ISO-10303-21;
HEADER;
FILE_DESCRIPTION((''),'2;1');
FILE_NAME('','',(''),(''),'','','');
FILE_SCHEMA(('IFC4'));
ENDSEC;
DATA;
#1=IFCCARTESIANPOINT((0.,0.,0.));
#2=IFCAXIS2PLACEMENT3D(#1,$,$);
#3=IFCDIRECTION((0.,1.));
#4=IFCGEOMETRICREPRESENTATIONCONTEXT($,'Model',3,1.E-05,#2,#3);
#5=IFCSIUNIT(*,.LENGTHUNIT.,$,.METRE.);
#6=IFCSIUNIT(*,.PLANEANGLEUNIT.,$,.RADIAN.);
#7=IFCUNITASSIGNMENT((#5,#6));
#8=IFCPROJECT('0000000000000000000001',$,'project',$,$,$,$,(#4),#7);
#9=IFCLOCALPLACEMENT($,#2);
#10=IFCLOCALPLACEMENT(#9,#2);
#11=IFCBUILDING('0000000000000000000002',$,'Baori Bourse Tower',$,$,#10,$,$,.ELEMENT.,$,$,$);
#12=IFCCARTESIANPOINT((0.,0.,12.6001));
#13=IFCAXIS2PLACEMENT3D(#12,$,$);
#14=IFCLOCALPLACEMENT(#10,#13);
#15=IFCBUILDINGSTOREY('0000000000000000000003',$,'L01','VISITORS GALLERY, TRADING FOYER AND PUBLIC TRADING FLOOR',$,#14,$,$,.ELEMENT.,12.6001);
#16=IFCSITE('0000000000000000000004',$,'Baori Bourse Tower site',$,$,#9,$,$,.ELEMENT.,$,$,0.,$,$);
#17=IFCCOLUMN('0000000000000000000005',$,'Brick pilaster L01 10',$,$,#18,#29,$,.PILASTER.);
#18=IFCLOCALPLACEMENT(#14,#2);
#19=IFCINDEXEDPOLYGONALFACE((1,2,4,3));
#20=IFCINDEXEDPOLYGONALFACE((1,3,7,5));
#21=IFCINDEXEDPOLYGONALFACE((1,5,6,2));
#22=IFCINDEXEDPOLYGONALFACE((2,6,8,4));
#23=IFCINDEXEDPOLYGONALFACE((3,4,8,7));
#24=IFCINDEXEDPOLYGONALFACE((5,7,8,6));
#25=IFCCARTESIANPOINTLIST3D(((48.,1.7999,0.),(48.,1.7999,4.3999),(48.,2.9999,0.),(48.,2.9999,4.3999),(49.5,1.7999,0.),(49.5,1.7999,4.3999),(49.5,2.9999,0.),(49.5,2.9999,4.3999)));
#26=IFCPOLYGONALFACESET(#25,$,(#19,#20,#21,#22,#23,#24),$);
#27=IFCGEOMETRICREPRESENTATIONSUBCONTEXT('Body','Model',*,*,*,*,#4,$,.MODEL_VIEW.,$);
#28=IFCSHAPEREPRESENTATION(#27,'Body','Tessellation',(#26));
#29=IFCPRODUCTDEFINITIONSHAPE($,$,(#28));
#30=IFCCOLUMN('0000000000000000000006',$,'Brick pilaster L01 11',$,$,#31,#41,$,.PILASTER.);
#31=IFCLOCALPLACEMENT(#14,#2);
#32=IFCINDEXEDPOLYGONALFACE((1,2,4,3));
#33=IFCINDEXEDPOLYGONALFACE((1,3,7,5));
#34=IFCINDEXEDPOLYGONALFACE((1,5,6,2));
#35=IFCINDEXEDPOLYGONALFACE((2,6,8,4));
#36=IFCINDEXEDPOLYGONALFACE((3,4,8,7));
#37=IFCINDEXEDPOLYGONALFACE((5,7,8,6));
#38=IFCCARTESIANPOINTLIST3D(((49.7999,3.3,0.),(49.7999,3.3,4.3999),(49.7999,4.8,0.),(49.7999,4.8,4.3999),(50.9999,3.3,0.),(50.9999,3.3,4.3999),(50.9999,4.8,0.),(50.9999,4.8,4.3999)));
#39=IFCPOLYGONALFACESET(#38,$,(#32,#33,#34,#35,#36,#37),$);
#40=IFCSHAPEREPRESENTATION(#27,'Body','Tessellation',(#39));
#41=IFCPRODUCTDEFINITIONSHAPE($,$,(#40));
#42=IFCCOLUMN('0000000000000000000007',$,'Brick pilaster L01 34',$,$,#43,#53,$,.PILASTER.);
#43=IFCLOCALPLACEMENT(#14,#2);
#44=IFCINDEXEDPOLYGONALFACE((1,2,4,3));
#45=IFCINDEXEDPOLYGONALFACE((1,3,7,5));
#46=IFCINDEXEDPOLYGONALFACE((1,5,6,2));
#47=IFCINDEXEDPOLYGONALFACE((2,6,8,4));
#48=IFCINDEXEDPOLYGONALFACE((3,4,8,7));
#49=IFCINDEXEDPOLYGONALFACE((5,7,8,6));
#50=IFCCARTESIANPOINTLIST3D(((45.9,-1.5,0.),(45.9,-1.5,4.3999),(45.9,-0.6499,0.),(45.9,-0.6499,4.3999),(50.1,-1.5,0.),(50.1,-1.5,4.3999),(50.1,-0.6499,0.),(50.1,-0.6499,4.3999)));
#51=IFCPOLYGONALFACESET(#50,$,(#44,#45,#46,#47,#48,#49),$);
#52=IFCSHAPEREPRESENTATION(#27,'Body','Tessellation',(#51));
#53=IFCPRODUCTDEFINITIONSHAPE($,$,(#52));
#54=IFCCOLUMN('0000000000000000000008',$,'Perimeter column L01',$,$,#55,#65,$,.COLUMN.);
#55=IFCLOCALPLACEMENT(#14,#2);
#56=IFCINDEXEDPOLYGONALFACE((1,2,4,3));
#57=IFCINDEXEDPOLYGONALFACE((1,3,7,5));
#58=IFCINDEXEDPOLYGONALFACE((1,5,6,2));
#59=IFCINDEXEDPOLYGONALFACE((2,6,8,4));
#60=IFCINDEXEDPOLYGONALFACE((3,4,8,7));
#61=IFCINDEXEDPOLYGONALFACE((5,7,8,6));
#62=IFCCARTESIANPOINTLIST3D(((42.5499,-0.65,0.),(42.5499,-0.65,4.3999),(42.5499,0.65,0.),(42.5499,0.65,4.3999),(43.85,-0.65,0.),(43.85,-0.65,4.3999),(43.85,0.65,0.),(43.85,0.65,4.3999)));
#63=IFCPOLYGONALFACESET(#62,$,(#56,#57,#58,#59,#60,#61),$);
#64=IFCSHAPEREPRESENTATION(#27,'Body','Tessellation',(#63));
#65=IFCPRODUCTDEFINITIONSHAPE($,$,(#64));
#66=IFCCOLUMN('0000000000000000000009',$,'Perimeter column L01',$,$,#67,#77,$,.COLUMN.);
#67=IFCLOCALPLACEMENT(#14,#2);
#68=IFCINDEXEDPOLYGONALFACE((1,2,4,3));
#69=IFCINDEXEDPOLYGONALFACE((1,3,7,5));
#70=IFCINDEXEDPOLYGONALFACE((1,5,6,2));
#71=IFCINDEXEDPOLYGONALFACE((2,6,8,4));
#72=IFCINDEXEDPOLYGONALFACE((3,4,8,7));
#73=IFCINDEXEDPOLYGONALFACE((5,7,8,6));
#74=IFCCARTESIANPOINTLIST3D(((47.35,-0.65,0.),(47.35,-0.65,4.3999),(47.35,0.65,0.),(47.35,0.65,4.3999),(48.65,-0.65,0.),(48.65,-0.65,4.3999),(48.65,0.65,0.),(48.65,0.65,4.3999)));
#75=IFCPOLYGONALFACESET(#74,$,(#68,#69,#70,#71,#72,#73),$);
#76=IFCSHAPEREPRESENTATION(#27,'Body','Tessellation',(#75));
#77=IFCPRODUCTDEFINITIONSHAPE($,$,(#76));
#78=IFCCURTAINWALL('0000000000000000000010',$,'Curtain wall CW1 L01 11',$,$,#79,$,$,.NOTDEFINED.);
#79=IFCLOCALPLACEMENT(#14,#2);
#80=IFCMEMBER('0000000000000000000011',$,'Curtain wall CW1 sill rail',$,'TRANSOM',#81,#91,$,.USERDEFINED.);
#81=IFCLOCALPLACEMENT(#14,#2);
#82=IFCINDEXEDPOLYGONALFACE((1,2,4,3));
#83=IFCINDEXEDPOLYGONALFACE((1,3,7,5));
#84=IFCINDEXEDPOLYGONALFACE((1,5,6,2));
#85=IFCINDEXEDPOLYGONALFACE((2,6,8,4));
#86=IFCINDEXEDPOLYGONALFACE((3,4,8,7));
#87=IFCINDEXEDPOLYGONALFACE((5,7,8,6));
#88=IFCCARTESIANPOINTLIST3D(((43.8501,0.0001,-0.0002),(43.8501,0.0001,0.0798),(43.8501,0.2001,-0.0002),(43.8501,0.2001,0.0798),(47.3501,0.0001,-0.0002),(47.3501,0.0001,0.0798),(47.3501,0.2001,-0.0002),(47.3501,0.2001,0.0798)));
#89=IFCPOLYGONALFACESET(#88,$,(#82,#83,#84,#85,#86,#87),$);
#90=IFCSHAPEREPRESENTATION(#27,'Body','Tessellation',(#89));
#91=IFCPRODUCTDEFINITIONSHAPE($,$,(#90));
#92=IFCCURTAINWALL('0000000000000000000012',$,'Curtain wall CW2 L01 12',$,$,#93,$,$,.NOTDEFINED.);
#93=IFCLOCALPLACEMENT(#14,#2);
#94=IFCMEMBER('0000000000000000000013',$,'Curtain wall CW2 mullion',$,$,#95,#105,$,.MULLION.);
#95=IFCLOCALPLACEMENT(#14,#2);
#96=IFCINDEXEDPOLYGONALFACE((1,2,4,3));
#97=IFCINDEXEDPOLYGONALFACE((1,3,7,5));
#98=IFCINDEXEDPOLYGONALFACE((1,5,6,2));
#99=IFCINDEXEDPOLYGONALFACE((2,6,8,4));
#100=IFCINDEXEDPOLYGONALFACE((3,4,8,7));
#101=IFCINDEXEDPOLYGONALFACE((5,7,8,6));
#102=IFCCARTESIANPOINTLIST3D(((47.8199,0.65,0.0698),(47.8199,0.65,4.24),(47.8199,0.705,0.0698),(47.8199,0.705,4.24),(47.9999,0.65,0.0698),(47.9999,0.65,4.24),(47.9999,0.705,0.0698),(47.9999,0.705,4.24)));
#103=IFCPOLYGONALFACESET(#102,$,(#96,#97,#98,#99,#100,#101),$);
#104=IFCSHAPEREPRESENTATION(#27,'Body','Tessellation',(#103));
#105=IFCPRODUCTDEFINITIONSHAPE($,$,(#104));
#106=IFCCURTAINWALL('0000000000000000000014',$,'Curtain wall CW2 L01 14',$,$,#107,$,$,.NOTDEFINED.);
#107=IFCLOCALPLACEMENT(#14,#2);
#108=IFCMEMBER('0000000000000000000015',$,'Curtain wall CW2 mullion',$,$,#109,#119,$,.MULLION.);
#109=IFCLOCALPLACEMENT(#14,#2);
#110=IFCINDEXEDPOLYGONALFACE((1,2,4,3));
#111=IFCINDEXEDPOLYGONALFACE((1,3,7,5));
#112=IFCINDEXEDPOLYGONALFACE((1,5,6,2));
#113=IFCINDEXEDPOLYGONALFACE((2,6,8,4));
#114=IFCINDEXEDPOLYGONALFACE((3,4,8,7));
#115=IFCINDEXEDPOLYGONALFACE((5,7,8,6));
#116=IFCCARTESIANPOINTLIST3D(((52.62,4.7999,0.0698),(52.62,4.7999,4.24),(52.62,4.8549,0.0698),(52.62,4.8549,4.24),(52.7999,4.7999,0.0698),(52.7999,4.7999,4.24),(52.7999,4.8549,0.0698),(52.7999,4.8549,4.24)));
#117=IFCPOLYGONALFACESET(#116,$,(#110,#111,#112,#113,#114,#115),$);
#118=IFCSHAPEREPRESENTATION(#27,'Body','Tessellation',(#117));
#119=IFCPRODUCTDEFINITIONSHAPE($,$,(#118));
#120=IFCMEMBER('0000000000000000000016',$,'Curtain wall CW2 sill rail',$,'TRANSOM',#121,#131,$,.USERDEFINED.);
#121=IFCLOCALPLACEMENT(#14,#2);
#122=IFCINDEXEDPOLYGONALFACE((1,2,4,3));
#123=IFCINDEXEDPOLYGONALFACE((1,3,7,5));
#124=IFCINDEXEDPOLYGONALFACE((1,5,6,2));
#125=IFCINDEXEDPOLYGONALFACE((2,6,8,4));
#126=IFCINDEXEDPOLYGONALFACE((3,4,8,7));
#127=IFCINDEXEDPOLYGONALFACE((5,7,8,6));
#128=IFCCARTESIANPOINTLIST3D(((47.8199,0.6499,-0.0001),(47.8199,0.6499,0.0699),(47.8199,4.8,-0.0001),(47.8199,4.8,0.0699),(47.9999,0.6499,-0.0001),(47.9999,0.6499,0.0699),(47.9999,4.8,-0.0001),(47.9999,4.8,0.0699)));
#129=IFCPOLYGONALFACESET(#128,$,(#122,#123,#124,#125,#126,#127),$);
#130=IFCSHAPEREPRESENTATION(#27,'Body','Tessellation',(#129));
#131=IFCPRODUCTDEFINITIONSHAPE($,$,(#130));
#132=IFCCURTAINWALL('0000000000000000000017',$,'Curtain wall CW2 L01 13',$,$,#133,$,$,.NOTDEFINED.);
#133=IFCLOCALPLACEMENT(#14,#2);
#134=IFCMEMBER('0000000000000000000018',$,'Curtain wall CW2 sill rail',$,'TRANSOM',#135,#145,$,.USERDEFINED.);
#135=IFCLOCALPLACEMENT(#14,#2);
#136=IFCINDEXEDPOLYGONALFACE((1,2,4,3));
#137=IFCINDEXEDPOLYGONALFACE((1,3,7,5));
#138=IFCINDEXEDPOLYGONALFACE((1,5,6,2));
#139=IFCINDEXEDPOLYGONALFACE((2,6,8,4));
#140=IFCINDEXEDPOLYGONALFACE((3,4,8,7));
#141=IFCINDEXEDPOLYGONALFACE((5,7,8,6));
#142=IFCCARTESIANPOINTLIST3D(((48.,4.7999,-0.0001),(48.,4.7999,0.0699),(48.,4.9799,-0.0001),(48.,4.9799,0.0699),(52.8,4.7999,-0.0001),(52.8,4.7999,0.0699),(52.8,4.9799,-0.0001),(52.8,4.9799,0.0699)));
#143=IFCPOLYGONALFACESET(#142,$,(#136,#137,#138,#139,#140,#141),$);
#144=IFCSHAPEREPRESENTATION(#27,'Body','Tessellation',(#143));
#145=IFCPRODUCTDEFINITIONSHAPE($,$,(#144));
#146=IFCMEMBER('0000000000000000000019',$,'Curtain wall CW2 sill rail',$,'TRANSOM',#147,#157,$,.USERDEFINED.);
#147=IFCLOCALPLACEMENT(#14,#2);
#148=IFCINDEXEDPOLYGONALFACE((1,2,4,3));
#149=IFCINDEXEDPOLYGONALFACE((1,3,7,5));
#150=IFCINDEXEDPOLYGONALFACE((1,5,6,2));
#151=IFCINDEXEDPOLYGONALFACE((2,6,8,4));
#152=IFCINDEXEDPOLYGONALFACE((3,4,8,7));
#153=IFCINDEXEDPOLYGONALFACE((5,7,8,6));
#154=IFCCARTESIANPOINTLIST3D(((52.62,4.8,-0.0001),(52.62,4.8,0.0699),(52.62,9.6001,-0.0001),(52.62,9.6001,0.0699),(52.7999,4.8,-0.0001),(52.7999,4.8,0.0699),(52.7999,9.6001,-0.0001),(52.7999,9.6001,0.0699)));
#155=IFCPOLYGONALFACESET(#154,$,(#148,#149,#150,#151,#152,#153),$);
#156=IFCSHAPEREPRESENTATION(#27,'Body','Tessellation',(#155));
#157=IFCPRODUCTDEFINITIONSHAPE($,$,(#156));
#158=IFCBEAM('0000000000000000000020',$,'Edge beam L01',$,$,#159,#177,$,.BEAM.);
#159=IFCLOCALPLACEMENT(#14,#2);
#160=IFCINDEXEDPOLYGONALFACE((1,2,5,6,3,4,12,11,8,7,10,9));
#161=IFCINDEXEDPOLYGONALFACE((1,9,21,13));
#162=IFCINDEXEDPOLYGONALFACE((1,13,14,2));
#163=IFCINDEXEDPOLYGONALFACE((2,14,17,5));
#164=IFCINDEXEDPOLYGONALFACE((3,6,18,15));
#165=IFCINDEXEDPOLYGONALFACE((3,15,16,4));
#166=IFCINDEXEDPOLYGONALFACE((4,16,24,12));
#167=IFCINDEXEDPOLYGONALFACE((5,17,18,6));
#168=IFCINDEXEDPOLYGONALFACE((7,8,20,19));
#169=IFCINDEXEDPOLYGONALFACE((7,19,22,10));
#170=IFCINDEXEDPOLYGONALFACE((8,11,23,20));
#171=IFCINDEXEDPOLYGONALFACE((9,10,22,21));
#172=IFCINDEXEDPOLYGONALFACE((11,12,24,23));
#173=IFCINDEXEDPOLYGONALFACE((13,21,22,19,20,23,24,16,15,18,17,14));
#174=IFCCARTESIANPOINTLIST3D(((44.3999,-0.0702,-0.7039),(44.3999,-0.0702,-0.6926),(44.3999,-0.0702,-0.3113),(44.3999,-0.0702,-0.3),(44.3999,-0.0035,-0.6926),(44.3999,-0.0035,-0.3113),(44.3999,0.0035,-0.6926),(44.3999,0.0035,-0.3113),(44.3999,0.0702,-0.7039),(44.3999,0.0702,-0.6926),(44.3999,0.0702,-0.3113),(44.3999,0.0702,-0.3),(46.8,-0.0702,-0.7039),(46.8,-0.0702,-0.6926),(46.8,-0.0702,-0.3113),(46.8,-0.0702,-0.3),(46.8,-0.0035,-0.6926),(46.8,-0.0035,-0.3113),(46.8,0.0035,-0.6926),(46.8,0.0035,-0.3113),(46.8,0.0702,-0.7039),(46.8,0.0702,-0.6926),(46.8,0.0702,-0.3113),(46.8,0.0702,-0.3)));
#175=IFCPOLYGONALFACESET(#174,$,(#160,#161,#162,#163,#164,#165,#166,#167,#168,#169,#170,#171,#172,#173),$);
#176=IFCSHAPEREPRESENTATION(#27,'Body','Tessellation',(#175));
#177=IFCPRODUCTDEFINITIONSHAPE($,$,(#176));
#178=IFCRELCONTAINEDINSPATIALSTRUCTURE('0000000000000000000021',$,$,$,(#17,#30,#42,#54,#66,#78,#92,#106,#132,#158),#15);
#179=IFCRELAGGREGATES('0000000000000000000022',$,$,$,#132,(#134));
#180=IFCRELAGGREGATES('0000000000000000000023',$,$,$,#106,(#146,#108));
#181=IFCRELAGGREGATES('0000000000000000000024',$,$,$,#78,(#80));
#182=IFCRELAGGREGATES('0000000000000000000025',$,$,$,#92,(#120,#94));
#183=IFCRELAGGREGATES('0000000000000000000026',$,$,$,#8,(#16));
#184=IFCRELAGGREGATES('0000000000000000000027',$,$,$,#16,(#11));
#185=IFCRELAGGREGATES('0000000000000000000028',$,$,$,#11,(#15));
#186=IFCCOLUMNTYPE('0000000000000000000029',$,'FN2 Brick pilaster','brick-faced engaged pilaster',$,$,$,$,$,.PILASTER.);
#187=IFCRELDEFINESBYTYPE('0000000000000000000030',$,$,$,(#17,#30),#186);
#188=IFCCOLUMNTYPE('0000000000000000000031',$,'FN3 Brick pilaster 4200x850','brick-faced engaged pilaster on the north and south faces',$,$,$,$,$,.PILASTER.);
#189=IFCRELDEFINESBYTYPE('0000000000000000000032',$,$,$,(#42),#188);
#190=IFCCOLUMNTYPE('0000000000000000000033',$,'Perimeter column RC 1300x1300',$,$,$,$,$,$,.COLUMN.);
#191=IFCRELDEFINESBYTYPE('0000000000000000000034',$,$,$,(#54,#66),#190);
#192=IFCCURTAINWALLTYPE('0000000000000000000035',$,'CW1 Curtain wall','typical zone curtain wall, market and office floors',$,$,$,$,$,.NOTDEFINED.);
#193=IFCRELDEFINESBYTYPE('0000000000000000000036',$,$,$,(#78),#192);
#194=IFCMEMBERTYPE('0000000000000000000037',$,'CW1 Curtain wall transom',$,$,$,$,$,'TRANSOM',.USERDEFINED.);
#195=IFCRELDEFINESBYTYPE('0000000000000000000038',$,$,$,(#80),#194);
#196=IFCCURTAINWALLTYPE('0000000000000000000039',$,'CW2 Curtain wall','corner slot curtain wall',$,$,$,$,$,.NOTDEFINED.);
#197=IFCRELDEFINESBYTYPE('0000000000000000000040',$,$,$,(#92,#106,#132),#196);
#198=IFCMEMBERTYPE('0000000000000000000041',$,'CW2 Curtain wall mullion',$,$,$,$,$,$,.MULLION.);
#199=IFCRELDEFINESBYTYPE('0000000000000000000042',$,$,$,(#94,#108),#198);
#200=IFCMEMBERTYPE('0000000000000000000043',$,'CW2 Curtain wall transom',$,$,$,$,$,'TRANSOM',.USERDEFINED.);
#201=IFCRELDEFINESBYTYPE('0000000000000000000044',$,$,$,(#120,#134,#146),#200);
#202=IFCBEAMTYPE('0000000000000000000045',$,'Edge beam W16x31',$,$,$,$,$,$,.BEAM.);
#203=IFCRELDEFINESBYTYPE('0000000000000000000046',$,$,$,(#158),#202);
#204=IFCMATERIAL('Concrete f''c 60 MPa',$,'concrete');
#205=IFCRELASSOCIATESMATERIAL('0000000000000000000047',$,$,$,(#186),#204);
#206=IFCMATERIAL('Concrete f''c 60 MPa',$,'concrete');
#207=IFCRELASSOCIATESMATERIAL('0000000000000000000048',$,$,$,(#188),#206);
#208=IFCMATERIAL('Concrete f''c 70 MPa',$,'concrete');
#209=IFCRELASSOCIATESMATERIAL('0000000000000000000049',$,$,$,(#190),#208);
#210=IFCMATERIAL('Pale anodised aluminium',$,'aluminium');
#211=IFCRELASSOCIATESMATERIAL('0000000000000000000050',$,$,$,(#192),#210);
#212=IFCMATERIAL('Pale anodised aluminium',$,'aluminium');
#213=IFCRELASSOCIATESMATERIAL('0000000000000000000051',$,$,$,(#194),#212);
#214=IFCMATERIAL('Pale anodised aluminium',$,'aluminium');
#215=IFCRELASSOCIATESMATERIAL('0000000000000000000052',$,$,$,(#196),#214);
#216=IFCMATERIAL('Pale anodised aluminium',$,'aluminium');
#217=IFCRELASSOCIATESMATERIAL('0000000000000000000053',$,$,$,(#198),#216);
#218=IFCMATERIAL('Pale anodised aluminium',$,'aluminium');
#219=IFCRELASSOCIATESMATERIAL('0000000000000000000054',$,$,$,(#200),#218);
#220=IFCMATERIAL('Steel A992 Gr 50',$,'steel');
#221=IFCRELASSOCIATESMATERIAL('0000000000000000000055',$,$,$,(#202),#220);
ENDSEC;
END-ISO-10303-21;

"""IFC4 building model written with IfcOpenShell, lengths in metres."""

from ifc_helpers import new_model, si_unit, direction, frame, origin, origin_2d, place, context, subcontext, project, spatial, rectangle, i_section, extrude, material, material_profile, profile_set, type_object, element, aggregate, save


model = new_model("IFC4")

# Units and contexts
model_context = context("Model", 3, precision=1e-05, world=origin(), true_north=direction((0.0, 1.0)))
body_context = subcontext(model_context, "Body", "Model", "MODEL_VIEW")
ifc_project = project(units=[si_unit("LENGTHUNIT", "METRE"), si_unit("PLANEANGLEUNIT", "RADIAN")], contexts=[model_context])

# Site, building, storey
site_placement = place(None, origin())
site = spatial("IfcSite", under=ifc_project, at=site_placement, Name="Baori Bourse Tower site", CompositionType="ELEMENT", RefElevation=0.0)
building_placement = place(site_placement, origin())
building = spatial("IfcBuilding", under=site, at=building_placement, Name="Baori Bourse Tower", CompositionType="ELEMENT")
storey_placement = place(building_placement, frame((0.0, 0.0, 12.6001)))
storey = spatial("IfcBuildingStorey", under=building, at=storey_placement, Name="L01", Description="VISITORS GALLERY, TRADING FOYER AND PUBLIC TRADING FLOOR", CompositionType="ELEMENT", Elevation=12.6001)

# Columns
ifc_material_1 = material(Name="Concrete f'c 60 MPa", Category="concrete")
ifc_material_profile_1 = material_profile(ifc_material_1, rectangle(XDim=1.2, YDim=1.5, at=origin_2d()), Name="RC 1200x1500")
ifc_profile_set_1 = profile_set([ifc_material_profile_1], Name="Concrete f'c 60 MPa")
column_type_1 = type_object("IfcColumnType", Name="FN2 Brick pilaster", Description="brick-faced engaged pilaster", PredefinedType="PILASTER", material=ifc_profile_set_1)
for number, where, z_axis, x_axis, name in (
    (1, (48.75, 2.3999, 0.0), (0.0, 0.0, 1.0), (0.0, 1.0, 0.0), "Brick pilaster L01 10"),
    (2, (50.3999, 4.05, 0.0), (0.0, 0.0, 1.0), (1.0, 0.0, 0.0), "Brick pilaster L01 11"),
):
    element("IfcColumn", number, at=place(storey_placement, frame(where, z_axis=z_axis, x_axis=x_axis)), inside=storey, type_object=column_type_1, Name=name, PredefinedType="PILASTER", context=body_context, shape_type="SweptSolid", body=[
        extrude(rectangle(XDim=1.2, YDim=1.5, at=origin_2d()), origin(), (0.0, 0.0, 1.0), 4.3999),
    ])
ifc_material_2 = material(Name="Concrete f'c 60 MPa", Category="concrete")
ifc_material_profile_2 = material_profile(ifc_material_2, rectangle(XDim=4.2, YDim=0.8501, at=origin_2d()), Name="RC 4200x850")
ifc_profile_set_2 = profile_set([ifc_material_profile_2], Name="Concrete f'c 60 MPa")
column_type_2 = type_object("IfcColumnType", Name="FN3 Brick pilaster 4200x850", Description="brick-faced engaged pilaster on the north and south faces", PredefinedType="PILASTER", material=ifc_profile_set_2)
column_placement = place(storey_placement, frame((48.0, -1.075, 0.0), z_axis=(0.0, 0.0, 1.0), x_axis=(1.0, 0.0, 0.0)))
element("IfcColumn", 3, at=column_placement, inside=storey, type_object=column_type_2, Name="Brick pilaster L01 34", PredefinedType="PILASTER", context=body_context, shape_type="SweptSolid", body=[
    extrude(rectangle(XDim=4.2, YDim=0.8501, at=origin_2d()), origin(), (0.0, 0.0, 1.0), 4.3999),
])
ifc_material_3 = material(Name="Concrete f'c 70 MPa", Category="concrete")
ifc_material_profile_3 = material_profile(ifc_material_3, rectangle(XDim=1.3, YDim=1.3, at=origin_2d()), Name="RC 1300x1300")
ifc_profile_set_3 = profile_set([ifc_material_profile_3], Name="Concrete f'c 70 MPa")
column_type_3 = type_object("IfcColumnType", Name="Perimeter column RC 1300x1300", PredefinedType="COLUMN", material=ifc_profile_set_3)
for number, where, z_axis, x_axis, name in (
    (4, (43.2, 0.0, 0.0), (0.0, 0.0, 1.0), (1.0, 0.0, 0.0), "Perimeter column L01"),
    (5, (48.0, 0.0, 0.0), (0.0, 0.0, 1.0), (1.0, 0.0, 0.0), "Perimeter column L01"),
):
    element("IfcColumn", number, at=place(storey_placement, frame(where, z_axis=z_axis, x_axis=x_axis)), inside=storey, type_object=column_type_3, Name=name, PredefinedType="COLUMN", context=body_context, shape_type="SweptSolid", body=[
        extrude(rectangle(XDim=1.3, YDim=1.3, at=origin_2d()), origin(), (0.0, 0.0, 1.0), 4.3999),
    ])

# Curtain walls, members
ifc_material_4 = material(Name="Pale anodised aluminium", Category="aluminium")
curtain_wall_type_1 = type_object("IfcCurtainWallType", Name="CW1 Curtain wall", Description="typical zone curtain wall, market and office floors", PredefinedType="NOTDEFINED", material=ifc_material_4)
curtain_wall_1_placement = place(storey_placement, origin())
curtain_wall_1 = element("IfcCurtainWall", 6, at=curtain_wall_1_placement, inside=storey, type_object=curtain_wall_type_1, Name="Curtain wall CW1 L01 11", PredefinedType="NOTDEFINED")
ifc_material_5 = material(Name="Pale anodised aluminium", Category="aluminium")
ifc_material_profile_4 = material_profile(ifc_material_5, rectangle(XDim=0.2, YDim=0.0801, at=origin_2d()), Name="Transom 80x200")
ifc_profile_set_4 = profile_set([ifc_material_profile_4], Name="Pale anodised aluminium")
member_type_1 = type_object("IfcMemberType", Name="CW1 Curtain wall transom", ElementType="TRANSOM", PredefinedType="USERDEFINED", material=ifc_profile_set_4)
member_1_placement = place(storey_placement, frame((43.8501, 0.1001, 0.0398), z_axis=(1.0, 0.0, 0.0), x_axis=(0.0, 1.0, 0.0)))
member_1 = element("IfcMember", 7, at=member_1_placement, type_object=member_type_1, Name="Curtain wall CW1 sill rail", ObjectType="TRANSOM", PredefinedType="USERDEFINED", context=body_context, shape_type="SweptSolid", body=[
    extrude(rectangle(XDim=0.2, YDim=0.0801, at=origin_2d()), origin(), (0.0, 0.0, 1.0), 3.5),
])
ifc_material_6 = material(Name="Pale anodised aluminium", Category="aluminium")
curtain_wall_type_2 = type_object("IfcCurtainWallType", Name="CW2 Curtain wall", Description="corner slot curtain wall", PredefinedType="NOTDEFINED", material=ifc_material_6)
curtain_wall_2_placement = place(storey_placement, origin())
curtain_wall_2 = element("IfcCurtainWall", 8, at=curtain_wall_2_placement, inside=storey, type_object=curtain_wall_type_2, Name="Curtain wall CW2 L01 12", PredefinedType="NOTDEFINED")
ifc_material_7 = material(Name="Pale anodised aluminium", Category="aluminium")
ifc_material_profile_5 = material_profile(ifc_material_7, rectangle(XDim=0.1799, YDim=0.0549, at=origin_2d()), Name="Mullion 55x180")
ifc_profile_set_5 = profile_set([ifc_material_profile_5], Name="Pale anodised aluminium")
member_type_2 = type_object("IfcMemberType", Name="CW2 Curtain wall mullion", PredefinedType="MULLION", material=ifc_profile_set_5)
member_2_placement = place(storey_placement, frame((47.9099, 0.6775, 0.0698), z_axis=(0.0, 0.0, 1.0), x_axis=(-1.0, 0.0, 0.0)))
member_2 = element("IfcMember", 9, at=member_2_placement, type_object=member_type_2, Name="Curtain wall CW2 mullion", PredefinedType="MULLION", context=body_context, shape_type="SweptSolid", body=[
    extrude(rectangle(XDim=0.1799, YDim=0.0549, at=origin_2d()), origin(), (0.0, 0.0, 1.0), 4.1702),
])
curtain_wall_3_placement = place(storey_placement, origin())
curtain_wall_3 = element("IfcCurtainWall", 10, at=curtain_wall_3_placement, inside=storey, type_object=curtain_wall_type_2, Name="Curtain wall CW2 L01 14", PredefinedType="NOTDEFINED")
member_3_placement = place(storey_placement, frame((52.71, 4.8274, 0.0698), z_axis=(0.0, 0.0, 1.0), x_axis=(-1.0, 0.0, 0.0)))
member_3 = element("IfcMember", 11, at=member_3_placement, type_object=member_type_2, Name="Curtain wall CW2 mullion", PredefinedType="MULLION", context=body_context, shape_type="SweptSolid", body=[
    extrude(rectangle(XDim=0.1799, YDim=0.0549, at=origin_2d()), origin(), (0.0, 0.0, 1.0), 4.1702),
])

# Member
ifc_material_8 = material(Name="Pale anodised aluminium", Category="aluminium")
ifc_material_profile_6 = material_profile(ifc_material_8, rectangle(XDim=0.1799, YDim=0.0701, at=origin_2d()), Name="Transom 70x180")
ifc_profile_set_6 = profile_set([ifc_material_profile_6], Name="Pale anodised aluminium")
member_type_3 = type_object("IfcMemberType", Name="CW2 Curtain wall transom", ElementType="TRANSOM", PredefinedType="USERDEFINED", material=ifc_profile_set_6)
member_4_placement = place(storey_placement, frame((47.9099, 0.6499, 0.0349), z_axis=(0.0, 1.0, 0.0), x_axis=(-1.0, 0.0, 0.0)))
member_4 = element("IfcMember", 12, at=member_4_placement, type_object=member_type_3, Name="Curtain wall CW2 sill rail", ObjectType="TRANSOM", PredefinedType="USERDEFINED", context=body_context, shape_type="SweptSolid", body=[
    extrude(rectangle(XDim=0.1799, YDim=0.0701, at=origin_2d()), origin(), (0.0, 0.0, 1.0), 4.1501),
])

# Curtain wall, member
curtain_wall_4_placement = place(storey_placement, origin())
curtain_wall_4 = element("IfcCurtainWall", 13, at=curtain_wall_4_placement, inside=storey, type_object=curtain_wall_type_2, Name="Curtain wall CW2 L01 13", PredefinedType="NOTDEFINED")
member_5_placement = place(storey_placement, frame((48.0, 4.8899, 0.0349), z_axis=(1.0, 0.0, 0.0), x_axis=(0.0, 1.0, 0.0)))
member_5 = element("IfcMember", 14, at=member_5_placement, type_object=member_type_3, Name="Curtain wall CW2 sill rail", ObjectType="TRANSOM", PredefinedType="USERDEFINED", context=body_context, shape_type="SweptSolid", body=[
    extrude(rectangle(XDim=0.1799, YDim=0.0701, at=origin_2d()), origin(), (0.0, 0.0, 1.0), 4.8),
])
aggregate(curtain_wall_4, [member_5])

# Member
member_6_placement = place(storey_placement, frame((52.71, 4.8, 0.0349), z_axis=(0.0, 1.0, 0.0), x_axis=(-1.0, 0.0, 0.0)))
member_6 = element("IfcMember", 15, at=member_6_placement, type_object=member_type_3, Name="Curtain wall CW2 sill rail", ObjectType="TRANSOM", PredefinedType="USERDEFINED", context=body_context, shape_type="SweptSolid", body=[
    extrude(rectangle(XDim=0.1799, YDim=0.0701, at=origin_2d()), origin(), (0.0, 0.0, 1.0), 4.8),
])
aggregate(curtain_wall_3, [member_6, member_3])

# Beam
ifc_material_9 = material(Name="Steel A992 Gr 50", Category="steel")
ifc_material_profile_7 = material_profile(ifc_material_9, i_section(OverallWidth=0.1404, OverallDepth=0.4038, WebThickness=0.0071, FlangeThickness=0.0112, at=origin_2d()), Name="W16x31")
ifc_profile_set_7 = profile_set([ifc_material_profile_7], Name="Steel A992 Gr 50")
beam_type_1 = type_object("IfcBeamType", Name="Edge beam W16x31", PredefinedType="BEAM", material=ifc_profile_set_7)
beam_1_placement = place(storey_placement, frame((44.3999, 0.0, -0.502), z_axis=(1.0, 0.0, 0.0), x_axis=(0.0, 1.0, 0.0)))
element("IfcBeam", 16, at=beam_1_placement, inside=storey, type_object=beam_type_1, Name="Edge beam L01", PredefinedType="BEAM", context=body_context, shape_type="SweptSolid", body=[
    extrude(i_section(OverallWidth=0.1404, OverallDepth=0.4038, WebThickness=0.0071, FlangeThickness=0.0112, at=origin_2d()), origin(), (0.0, 0.0, 1.0), 2.4001),
])

aggregate(curtain_wall_1, [member_1])
aggregate(curtain_wall_2, [member_4, member_2])

save(model, "model.ifc")
